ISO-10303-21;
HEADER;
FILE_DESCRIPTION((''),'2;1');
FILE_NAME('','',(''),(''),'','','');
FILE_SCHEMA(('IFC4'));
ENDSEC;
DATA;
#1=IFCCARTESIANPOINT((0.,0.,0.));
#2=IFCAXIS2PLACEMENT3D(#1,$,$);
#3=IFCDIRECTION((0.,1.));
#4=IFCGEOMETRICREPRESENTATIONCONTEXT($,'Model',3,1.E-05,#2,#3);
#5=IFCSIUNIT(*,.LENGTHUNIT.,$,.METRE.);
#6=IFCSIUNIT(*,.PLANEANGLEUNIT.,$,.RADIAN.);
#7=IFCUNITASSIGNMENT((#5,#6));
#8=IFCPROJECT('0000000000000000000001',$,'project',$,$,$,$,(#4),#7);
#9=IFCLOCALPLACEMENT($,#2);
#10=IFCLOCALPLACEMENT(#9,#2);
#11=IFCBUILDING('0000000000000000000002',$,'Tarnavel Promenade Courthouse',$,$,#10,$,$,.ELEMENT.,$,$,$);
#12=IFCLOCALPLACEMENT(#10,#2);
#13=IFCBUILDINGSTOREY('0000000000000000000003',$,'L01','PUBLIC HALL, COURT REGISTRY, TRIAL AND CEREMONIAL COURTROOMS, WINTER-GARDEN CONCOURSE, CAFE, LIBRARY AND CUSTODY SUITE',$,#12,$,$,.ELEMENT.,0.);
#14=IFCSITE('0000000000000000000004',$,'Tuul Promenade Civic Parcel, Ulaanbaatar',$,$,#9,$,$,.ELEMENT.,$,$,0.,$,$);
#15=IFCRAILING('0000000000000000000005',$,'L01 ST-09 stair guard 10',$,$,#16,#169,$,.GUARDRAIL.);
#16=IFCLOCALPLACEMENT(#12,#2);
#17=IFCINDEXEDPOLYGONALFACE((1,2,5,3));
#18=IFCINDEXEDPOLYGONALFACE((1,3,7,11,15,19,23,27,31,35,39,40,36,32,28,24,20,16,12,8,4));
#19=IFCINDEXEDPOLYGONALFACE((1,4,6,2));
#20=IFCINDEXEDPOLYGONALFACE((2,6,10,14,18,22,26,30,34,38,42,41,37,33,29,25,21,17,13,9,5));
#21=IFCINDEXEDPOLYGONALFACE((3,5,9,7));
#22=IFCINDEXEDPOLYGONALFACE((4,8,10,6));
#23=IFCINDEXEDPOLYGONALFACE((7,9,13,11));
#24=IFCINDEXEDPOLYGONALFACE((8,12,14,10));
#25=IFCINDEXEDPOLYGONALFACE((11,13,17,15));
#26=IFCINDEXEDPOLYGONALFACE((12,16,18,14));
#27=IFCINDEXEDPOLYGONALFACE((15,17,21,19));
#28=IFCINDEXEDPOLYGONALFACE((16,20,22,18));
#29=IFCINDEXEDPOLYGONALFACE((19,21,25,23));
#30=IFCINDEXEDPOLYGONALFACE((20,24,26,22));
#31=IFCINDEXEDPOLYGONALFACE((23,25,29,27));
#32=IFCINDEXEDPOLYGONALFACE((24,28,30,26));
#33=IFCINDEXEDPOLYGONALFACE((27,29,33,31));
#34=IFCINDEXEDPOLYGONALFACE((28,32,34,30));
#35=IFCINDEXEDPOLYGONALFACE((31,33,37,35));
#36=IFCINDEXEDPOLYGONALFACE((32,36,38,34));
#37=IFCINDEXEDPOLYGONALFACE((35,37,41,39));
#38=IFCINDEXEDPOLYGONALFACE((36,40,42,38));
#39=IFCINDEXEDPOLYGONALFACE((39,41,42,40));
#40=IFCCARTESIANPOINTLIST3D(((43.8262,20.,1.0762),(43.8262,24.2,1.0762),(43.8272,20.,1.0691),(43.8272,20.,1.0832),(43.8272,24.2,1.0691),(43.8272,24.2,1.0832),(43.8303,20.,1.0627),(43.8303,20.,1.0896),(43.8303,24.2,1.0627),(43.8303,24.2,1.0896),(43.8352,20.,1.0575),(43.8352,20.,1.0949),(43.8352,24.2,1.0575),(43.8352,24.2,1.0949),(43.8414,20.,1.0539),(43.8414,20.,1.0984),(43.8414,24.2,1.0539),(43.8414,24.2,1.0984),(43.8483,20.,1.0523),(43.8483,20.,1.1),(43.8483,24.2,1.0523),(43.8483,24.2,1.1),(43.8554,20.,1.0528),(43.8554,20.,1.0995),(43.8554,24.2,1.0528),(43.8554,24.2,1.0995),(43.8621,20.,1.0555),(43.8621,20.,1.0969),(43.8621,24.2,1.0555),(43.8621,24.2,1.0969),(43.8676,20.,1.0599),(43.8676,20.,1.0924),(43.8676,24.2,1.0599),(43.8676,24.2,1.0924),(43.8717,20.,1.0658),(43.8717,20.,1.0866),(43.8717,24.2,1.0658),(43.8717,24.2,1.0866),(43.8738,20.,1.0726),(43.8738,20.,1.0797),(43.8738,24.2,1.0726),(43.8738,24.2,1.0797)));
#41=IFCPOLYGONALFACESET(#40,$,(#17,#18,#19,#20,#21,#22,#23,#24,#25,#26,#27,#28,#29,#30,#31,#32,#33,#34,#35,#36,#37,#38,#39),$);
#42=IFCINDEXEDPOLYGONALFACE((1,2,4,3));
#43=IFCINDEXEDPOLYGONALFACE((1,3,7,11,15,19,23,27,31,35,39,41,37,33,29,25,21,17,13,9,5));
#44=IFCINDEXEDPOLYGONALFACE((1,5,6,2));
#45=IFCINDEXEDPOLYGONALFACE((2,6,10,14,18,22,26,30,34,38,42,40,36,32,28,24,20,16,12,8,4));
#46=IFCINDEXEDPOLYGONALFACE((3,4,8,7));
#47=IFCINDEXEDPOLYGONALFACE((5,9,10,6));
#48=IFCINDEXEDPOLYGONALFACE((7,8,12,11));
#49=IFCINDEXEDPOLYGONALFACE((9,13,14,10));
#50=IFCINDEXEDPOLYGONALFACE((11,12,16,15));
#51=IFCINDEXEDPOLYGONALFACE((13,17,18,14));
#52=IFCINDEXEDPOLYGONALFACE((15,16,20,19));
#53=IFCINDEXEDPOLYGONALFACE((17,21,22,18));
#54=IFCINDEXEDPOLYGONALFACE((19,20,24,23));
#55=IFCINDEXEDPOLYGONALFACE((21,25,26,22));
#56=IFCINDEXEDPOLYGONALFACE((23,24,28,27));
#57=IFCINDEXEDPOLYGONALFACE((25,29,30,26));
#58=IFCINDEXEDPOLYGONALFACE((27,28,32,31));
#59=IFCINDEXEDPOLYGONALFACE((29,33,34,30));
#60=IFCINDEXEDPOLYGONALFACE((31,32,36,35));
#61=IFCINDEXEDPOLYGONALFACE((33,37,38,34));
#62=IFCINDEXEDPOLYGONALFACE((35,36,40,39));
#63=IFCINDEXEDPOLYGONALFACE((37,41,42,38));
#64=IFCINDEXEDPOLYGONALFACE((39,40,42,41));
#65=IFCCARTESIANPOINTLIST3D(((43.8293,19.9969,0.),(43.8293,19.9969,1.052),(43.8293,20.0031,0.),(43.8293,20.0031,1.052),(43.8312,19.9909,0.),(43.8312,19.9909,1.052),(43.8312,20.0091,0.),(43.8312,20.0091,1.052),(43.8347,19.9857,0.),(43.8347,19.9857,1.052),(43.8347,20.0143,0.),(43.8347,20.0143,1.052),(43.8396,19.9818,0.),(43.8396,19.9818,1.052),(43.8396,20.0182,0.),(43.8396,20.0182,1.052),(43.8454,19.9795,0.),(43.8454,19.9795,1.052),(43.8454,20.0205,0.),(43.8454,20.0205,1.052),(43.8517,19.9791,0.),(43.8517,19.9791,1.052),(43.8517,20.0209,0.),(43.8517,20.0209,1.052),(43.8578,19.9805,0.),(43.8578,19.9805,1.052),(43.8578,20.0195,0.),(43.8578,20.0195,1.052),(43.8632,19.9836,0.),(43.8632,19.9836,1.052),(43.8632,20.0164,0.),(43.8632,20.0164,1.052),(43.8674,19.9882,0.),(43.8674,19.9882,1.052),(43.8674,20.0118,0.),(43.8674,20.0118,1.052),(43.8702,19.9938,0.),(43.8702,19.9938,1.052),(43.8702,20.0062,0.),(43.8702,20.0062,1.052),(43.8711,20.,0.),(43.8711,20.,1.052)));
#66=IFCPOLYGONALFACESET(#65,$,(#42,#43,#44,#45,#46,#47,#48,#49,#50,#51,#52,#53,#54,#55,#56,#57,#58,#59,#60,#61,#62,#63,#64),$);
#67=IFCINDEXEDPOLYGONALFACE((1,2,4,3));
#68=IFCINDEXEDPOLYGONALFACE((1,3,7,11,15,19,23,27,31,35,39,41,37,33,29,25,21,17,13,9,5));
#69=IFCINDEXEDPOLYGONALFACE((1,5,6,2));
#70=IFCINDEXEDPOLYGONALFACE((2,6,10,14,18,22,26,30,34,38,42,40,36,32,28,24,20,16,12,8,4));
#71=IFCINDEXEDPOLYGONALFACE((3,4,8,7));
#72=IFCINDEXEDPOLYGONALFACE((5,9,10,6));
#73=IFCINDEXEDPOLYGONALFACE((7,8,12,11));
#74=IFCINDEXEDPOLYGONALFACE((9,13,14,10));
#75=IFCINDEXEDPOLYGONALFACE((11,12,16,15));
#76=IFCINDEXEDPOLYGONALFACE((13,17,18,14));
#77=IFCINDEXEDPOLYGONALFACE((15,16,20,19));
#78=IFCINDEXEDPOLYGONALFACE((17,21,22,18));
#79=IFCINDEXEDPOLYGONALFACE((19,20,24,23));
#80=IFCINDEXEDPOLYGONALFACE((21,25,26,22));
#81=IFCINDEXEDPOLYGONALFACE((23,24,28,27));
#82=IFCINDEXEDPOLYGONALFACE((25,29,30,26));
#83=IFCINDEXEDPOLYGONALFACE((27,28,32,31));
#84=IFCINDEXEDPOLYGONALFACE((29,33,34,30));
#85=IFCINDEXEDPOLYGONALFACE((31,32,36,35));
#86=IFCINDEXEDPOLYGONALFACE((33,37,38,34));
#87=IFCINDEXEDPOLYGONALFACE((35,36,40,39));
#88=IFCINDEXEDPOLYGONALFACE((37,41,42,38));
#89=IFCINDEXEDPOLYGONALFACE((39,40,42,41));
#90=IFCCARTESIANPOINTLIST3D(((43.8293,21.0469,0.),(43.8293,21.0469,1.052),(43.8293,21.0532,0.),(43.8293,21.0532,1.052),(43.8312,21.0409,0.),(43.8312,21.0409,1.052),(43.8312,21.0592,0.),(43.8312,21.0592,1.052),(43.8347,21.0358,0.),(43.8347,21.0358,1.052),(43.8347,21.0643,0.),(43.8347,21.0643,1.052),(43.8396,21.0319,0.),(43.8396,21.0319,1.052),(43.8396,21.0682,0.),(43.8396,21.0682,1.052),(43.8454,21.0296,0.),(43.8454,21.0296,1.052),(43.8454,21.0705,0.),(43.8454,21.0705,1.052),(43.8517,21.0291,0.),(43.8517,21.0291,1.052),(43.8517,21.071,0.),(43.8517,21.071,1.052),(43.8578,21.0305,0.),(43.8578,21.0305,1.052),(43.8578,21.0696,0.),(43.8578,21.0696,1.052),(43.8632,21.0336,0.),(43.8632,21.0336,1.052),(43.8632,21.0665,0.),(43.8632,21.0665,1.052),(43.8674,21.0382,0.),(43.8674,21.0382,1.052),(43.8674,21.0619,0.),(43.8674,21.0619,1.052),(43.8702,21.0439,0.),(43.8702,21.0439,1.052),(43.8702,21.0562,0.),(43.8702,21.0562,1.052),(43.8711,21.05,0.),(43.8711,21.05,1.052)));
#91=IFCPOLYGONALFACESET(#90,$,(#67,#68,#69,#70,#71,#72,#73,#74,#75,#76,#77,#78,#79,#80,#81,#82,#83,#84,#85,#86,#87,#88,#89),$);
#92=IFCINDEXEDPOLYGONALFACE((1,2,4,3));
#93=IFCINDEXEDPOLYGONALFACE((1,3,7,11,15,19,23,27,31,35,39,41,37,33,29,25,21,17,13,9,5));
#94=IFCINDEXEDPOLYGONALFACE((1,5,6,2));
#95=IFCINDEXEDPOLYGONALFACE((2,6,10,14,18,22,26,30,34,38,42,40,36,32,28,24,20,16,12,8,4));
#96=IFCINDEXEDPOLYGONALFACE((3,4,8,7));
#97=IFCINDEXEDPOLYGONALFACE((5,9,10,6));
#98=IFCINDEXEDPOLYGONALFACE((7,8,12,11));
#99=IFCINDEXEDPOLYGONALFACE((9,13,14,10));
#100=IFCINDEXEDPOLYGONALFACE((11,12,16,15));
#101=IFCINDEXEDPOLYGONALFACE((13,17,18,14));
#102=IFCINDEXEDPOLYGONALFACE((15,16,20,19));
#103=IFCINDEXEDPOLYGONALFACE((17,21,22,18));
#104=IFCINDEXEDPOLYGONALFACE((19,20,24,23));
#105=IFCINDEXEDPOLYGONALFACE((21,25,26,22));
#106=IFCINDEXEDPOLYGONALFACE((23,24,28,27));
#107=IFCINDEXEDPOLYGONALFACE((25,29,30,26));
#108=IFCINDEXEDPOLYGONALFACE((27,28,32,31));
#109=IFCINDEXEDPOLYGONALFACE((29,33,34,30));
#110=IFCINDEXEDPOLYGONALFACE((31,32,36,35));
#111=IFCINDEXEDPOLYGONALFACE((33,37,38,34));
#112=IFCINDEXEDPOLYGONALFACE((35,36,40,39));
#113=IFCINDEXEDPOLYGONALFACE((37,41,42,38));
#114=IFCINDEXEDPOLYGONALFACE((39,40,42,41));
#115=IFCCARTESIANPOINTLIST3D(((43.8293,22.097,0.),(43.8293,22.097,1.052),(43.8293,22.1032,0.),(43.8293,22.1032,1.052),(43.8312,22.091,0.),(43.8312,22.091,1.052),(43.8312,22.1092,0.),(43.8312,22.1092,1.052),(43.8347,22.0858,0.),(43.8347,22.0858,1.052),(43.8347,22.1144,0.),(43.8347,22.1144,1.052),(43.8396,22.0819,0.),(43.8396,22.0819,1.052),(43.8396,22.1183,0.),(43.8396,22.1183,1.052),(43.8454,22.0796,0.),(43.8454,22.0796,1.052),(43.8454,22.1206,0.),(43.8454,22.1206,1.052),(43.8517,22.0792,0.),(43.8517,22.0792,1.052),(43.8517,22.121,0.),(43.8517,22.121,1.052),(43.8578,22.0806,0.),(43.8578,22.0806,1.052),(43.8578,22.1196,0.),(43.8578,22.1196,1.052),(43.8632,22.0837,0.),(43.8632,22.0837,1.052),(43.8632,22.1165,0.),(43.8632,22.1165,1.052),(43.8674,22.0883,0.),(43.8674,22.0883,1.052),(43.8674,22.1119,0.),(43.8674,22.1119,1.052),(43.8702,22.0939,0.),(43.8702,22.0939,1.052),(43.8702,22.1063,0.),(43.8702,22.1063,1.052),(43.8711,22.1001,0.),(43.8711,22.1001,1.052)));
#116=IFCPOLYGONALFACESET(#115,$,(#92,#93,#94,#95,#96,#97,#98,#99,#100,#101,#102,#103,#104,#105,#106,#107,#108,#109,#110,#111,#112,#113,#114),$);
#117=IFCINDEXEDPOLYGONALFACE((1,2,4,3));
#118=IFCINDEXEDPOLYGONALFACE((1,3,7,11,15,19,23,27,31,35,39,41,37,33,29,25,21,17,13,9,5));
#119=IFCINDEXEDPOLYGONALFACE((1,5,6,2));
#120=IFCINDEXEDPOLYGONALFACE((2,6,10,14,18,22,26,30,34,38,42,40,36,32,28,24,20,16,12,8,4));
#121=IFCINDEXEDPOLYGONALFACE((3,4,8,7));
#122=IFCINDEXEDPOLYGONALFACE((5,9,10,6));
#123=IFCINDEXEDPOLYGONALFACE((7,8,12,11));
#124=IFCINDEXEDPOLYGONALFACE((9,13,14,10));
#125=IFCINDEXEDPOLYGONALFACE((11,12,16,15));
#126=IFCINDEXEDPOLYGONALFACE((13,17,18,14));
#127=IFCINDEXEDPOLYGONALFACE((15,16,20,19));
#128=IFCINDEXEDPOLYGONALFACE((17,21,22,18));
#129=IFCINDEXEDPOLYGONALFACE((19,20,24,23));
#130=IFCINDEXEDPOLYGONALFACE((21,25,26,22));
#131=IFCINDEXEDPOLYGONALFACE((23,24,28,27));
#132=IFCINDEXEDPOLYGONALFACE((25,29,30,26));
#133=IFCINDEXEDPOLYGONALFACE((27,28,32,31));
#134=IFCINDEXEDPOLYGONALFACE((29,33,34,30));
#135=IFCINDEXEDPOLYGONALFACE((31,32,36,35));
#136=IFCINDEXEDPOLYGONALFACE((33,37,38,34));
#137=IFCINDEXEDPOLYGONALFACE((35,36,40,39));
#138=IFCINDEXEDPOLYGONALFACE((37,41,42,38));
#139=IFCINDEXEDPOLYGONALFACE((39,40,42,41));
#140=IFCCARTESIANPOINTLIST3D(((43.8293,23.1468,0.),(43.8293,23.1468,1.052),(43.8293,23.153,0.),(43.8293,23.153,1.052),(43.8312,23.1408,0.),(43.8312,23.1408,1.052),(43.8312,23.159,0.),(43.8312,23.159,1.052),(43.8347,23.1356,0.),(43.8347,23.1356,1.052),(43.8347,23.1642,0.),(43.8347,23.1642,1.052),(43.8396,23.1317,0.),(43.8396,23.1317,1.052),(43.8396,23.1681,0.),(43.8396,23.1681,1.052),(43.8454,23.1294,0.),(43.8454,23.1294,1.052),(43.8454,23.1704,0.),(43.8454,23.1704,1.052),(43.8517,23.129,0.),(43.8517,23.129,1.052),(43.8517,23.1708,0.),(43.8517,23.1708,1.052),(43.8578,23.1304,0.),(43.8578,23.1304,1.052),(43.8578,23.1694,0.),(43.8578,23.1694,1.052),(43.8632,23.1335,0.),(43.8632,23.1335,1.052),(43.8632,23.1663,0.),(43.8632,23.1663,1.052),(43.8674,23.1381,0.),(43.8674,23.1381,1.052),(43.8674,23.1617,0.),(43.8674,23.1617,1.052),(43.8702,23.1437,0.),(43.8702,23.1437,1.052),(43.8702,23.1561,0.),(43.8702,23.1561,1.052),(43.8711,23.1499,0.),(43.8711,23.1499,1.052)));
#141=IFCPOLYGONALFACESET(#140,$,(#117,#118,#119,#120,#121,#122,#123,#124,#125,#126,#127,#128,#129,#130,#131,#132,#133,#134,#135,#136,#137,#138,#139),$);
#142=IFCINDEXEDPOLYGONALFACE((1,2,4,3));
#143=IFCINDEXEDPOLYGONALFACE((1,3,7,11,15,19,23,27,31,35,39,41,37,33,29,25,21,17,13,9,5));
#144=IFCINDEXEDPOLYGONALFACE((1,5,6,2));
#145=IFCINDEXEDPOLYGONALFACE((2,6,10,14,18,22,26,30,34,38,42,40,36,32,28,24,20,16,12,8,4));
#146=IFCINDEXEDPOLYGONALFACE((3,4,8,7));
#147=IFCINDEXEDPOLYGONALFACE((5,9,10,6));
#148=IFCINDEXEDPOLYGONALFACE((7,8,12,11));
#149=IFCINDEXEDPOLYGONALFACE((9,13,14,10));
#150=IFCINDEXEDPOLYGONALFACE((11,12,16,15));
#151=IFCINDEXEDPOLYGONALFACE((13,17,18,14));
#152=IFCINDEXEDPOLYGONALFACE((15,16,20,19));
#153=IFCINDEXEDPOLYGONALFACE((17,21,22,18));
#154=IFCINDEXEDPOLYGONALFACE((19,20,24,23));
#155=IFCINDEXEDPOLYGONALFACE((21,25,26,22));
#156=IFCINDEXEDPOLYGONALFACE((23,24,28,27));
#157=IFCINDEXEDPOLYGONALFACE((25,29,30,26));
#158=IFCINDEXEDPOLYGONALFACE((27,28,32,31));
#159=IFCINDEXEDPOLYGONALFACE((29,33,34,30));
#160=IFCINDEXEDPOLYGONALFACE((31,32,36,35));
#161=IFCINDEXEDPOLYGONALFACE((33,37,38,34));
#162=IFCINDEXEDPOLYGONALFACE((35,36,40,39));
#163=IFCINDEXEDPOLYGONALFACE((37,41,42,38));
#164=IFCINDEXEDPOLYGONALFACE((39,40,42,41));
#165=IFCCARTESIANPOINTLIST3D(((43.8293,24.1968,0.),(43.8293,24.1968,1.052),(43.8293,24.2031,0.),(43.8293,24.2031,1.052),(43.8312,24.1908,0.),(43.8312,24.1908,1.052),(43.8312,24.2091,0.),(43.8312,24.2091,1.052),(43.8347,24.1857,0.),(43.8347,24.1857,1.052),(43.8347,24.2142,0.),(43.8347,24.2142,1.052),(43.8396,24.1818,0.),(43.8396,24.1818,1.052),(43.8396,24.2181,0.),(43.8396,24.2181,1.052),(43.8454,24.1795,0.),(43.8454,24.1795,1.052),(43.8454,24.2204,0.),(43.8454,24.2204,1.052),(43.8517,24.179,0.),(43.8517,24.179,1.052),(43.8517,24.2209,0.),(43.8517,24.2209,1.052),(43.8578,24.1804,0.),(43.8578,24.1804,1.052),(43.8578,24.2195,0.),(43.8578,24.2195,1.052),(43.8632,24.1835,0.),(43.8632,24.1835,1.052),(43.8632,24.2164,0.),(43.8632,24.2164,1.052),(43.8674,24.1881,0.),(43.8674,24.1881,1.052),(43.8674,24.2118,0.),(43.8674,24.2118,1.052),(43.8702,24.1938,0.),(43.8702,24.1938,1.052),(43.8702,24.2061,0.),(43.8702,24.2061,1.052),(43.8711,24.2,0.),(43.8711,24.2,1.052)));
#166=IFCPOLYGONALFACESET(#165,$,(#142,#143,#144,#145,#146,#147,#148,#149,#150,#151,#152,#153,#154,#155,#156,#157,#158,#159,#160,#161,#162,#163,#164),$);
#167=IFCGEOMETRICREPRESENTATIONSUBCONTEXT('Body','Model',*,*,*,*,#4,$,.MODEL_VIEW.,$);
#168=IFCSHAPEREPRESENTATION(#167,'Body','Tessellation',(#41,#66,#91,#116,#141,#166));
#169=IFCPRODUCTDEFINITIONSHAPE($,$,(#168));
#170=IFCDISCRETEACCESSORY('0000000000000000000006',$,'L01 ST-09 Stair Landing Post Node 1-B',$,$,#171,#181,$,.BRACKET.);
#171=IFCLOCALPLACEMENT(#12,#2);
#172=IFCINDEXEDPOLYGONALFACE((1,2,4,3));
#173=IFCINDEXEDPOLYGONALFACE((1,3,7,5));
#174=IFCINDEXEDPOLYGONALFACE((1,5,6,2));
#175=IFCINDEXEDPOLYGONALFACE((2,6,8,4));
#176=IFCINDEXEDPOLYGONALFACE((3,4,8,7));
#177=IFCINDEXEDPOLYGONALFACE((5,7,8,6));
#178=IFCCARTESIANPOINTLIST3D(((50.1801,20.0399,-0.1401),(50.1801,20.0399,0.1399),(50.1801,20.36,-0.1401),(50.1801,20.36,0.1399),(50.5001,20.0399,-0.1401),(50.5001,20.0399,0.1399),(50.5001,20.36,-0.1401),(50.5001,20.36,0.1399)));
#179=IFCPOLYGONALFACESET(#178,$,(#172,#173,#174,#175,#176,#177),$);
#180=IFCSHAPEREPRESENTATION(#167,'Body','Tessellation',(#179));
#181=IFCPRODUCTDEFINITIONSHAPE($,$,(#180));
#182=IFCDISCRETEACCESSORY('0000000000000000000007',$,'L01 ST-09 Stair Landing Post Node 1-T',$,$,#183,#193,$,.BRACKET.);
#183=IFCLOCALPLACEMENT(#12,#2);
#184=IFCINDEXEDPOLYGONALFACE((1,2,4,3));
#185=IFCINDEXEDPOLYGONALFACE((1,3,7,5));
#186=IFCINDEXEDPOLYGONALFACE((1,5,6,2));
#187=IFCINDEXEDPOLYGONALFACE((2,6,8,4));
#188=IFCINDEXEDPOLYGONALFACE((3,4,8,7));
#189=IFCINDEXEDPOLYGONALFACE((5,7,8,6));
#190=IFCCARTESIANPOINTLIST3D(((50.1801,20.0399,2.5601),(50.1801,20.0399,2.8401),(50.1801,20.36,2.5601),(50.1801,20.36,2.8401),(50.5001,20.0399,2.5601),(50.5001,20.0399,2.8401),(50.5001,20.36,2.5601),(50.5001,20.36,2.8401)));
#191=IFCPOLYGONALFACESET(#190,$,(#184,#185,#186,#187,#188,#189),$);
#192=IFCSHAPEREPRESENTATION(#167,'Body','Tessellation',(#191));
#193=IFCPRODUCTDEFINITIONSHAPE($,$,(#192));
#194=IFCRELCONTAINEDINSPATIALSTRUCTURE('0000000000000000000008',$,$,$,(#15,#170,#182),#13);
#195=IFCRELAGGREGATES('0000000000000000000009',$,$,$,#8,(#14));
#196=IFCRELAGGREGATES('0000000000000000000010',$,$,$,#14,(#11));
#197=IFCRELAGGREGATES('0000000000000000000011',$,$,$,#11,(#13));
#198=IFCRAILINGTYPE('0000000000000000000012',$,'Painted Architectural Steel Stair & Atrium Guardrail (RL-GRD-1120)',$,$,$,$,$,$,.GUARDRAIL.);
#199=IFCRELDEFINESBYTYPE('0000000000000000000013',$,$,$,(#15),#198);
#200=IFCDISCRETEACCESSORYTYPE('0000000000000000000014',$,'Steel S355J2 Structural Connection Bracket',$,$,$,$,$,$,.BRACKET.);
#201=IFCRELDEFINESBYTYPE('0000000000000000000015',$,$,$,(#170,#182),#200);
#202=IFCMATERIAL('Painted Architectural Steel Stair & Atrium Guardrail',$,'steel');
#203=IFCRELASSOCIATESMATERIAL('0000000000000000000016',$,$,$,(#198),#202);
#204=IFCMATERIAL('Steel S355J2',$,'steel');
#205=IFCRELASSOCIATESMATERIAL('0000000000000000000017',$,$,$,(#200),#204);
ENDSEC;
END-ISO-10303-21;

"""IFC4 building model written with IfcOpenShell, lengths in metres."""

from ifc_helpers import new_model, si_unit, direction, frame, origin, origin_2d, place, context, subcontext, project, spatial, rectangle, circle, extrude, material, type_object, element, save


model = new_model("IFC4")

# Units and contexts
model_context = context("Model", 3, precision=1e-05, world=origin(), true_north=direction((0.0, 1.0)))
body_context = subcontext(model_context, "Body", "Model", "MODEL_VIEW")
ifc_project = project(units=[si_unit("LENGTHUNIT", "METRE"), si_unit("PLANEANGLEUNIT", "RADIAN")], contexts=[model_context])

# Site, building, storey
site_placement = place(None, origin())
site = spatial("IfcSite", under=ifc_project, at=site_placement, Name="Tuul Promenade Civic Parcel, Ulaanbaatar", CompositionType="ELEMENT", RefElevation=0.0)
building_placement = place(site_placement, origin())
building = spatial("IfcBuilding", under=site, at=building_placement, Name="Tarnavel Promenade Courthouse", CompositionType="ELEMENT")
storey_placement = place(building_placement, origin())
storey = spatial("IfcBuildingStorey", under=building, at=storey_placement, Name="L01", Description="PUBLIC HALL, COURT REGISTRY, TRIAL AND CEREMONIAL COURTROOMS, WINTER-GARDEN CONCOURSE, CAFE, LIBRARY AND CUSTODY SUITE", CompositionType="ELEMENT", Elevation=0.0)

# Shared definitions
ifc_material_1 = material(Name="Steel S355J2", Category="steel")

# Railing
ifc_material_2 = material(Name="Painted Architectural Steel Stair & Atrium Guardrail", Category="steel")
railing_type_1 = type_object("IfcRailingType", Name="Painted Architectural Steel Stair & Atrium Guardrail (RL-GRD-1120)", PredefinedType="GUARDRAIL", material=ifc_material_2)
railing_1_placement = place(storey_placement, frame((43.8501, 20.0, 0.0)))
element("IfcRailing", 1, at=railing_1_placement, inside=storey, type_object=railing_type_1, Name="L01 ST-09 stair guard 10", PredefinedType="GUARDRAIL", context=body_context, shape_type="SweptSolid", body=[
    extrude(circle(Radius=0.0239, at=origin_2d()), frame((0.0, 0.0, 1.0762), z_axis=(0.0, 1.0, 0.0), x_axis=(-1.0, 0.0, 0.0)), (0.0, 0.0, 1.0), 4.2),
    extrude(circle(Radius=0.021, at=origin_2d()), origin(), (0.0, 0.0, 1.0), 1.052),
    extrude(circle(Radius=0.021, at=origin_2d()), frame((0.0, 1.05, 0.0)), (0.0, 0.0, 1.0), 1.052),
    extrude(circle(Radius=0.021, at=origin_2d()), frame((0.0, 2.1001, 0.0)), (0.0, 0.0, 1.0), 1.052),
    extrude(circle(Radius=0.021, at=origin_2d()), frame((0.0, 3.1499, 0.0)), (0.0, 0.0, 1.0), 1.052),
    extrude(circle(Radius=0.021, at=origin_2d()), frame((0.0, 4.2, 0.0)), (0.0, 0.0, 1.0), 1.052),
])

# Discrete accessories
discrete_accessory_type = type_object("IfcDiscreteAccessoryType", Name="Steel S355J2 Structural Connection Bracket", PredefinedType="BRACKET", material=ifc_material_1)
for number, where, z_axis, x_axis, name in (
    (2, (50.3401, 20.2, -0.1401), (0.0, 0.0, 1.0), (1.0, 0.0, 0.0), "L01 ST-09 Stair Landing Post Node 1-B"),
    (3, (50.3401, 20.2, 2.5601), (0.0, 0.0, 1.0), (1.0, 0.0, 0.0), "L01 ST-09 Stair Landing Post Node 1-T"),
):
    element("IfcDiscreteAccessory", number, at=place(storey_placement, frame(where, z_axis=z_axis, x_axis=x_axis)), inside=storey, type_object=discrete_accessory_type, Name=name, PredefinedType="BRACKET", context=body_context, shape_type="SweptSolid", body=[
        extrude(rectangle(XDim=0.3201, YDim=0.3201, at=origin_2d()), origin(), (0.0, 0.0, 1.0), 0.28),
    ])

save(model, "model.ifc")
